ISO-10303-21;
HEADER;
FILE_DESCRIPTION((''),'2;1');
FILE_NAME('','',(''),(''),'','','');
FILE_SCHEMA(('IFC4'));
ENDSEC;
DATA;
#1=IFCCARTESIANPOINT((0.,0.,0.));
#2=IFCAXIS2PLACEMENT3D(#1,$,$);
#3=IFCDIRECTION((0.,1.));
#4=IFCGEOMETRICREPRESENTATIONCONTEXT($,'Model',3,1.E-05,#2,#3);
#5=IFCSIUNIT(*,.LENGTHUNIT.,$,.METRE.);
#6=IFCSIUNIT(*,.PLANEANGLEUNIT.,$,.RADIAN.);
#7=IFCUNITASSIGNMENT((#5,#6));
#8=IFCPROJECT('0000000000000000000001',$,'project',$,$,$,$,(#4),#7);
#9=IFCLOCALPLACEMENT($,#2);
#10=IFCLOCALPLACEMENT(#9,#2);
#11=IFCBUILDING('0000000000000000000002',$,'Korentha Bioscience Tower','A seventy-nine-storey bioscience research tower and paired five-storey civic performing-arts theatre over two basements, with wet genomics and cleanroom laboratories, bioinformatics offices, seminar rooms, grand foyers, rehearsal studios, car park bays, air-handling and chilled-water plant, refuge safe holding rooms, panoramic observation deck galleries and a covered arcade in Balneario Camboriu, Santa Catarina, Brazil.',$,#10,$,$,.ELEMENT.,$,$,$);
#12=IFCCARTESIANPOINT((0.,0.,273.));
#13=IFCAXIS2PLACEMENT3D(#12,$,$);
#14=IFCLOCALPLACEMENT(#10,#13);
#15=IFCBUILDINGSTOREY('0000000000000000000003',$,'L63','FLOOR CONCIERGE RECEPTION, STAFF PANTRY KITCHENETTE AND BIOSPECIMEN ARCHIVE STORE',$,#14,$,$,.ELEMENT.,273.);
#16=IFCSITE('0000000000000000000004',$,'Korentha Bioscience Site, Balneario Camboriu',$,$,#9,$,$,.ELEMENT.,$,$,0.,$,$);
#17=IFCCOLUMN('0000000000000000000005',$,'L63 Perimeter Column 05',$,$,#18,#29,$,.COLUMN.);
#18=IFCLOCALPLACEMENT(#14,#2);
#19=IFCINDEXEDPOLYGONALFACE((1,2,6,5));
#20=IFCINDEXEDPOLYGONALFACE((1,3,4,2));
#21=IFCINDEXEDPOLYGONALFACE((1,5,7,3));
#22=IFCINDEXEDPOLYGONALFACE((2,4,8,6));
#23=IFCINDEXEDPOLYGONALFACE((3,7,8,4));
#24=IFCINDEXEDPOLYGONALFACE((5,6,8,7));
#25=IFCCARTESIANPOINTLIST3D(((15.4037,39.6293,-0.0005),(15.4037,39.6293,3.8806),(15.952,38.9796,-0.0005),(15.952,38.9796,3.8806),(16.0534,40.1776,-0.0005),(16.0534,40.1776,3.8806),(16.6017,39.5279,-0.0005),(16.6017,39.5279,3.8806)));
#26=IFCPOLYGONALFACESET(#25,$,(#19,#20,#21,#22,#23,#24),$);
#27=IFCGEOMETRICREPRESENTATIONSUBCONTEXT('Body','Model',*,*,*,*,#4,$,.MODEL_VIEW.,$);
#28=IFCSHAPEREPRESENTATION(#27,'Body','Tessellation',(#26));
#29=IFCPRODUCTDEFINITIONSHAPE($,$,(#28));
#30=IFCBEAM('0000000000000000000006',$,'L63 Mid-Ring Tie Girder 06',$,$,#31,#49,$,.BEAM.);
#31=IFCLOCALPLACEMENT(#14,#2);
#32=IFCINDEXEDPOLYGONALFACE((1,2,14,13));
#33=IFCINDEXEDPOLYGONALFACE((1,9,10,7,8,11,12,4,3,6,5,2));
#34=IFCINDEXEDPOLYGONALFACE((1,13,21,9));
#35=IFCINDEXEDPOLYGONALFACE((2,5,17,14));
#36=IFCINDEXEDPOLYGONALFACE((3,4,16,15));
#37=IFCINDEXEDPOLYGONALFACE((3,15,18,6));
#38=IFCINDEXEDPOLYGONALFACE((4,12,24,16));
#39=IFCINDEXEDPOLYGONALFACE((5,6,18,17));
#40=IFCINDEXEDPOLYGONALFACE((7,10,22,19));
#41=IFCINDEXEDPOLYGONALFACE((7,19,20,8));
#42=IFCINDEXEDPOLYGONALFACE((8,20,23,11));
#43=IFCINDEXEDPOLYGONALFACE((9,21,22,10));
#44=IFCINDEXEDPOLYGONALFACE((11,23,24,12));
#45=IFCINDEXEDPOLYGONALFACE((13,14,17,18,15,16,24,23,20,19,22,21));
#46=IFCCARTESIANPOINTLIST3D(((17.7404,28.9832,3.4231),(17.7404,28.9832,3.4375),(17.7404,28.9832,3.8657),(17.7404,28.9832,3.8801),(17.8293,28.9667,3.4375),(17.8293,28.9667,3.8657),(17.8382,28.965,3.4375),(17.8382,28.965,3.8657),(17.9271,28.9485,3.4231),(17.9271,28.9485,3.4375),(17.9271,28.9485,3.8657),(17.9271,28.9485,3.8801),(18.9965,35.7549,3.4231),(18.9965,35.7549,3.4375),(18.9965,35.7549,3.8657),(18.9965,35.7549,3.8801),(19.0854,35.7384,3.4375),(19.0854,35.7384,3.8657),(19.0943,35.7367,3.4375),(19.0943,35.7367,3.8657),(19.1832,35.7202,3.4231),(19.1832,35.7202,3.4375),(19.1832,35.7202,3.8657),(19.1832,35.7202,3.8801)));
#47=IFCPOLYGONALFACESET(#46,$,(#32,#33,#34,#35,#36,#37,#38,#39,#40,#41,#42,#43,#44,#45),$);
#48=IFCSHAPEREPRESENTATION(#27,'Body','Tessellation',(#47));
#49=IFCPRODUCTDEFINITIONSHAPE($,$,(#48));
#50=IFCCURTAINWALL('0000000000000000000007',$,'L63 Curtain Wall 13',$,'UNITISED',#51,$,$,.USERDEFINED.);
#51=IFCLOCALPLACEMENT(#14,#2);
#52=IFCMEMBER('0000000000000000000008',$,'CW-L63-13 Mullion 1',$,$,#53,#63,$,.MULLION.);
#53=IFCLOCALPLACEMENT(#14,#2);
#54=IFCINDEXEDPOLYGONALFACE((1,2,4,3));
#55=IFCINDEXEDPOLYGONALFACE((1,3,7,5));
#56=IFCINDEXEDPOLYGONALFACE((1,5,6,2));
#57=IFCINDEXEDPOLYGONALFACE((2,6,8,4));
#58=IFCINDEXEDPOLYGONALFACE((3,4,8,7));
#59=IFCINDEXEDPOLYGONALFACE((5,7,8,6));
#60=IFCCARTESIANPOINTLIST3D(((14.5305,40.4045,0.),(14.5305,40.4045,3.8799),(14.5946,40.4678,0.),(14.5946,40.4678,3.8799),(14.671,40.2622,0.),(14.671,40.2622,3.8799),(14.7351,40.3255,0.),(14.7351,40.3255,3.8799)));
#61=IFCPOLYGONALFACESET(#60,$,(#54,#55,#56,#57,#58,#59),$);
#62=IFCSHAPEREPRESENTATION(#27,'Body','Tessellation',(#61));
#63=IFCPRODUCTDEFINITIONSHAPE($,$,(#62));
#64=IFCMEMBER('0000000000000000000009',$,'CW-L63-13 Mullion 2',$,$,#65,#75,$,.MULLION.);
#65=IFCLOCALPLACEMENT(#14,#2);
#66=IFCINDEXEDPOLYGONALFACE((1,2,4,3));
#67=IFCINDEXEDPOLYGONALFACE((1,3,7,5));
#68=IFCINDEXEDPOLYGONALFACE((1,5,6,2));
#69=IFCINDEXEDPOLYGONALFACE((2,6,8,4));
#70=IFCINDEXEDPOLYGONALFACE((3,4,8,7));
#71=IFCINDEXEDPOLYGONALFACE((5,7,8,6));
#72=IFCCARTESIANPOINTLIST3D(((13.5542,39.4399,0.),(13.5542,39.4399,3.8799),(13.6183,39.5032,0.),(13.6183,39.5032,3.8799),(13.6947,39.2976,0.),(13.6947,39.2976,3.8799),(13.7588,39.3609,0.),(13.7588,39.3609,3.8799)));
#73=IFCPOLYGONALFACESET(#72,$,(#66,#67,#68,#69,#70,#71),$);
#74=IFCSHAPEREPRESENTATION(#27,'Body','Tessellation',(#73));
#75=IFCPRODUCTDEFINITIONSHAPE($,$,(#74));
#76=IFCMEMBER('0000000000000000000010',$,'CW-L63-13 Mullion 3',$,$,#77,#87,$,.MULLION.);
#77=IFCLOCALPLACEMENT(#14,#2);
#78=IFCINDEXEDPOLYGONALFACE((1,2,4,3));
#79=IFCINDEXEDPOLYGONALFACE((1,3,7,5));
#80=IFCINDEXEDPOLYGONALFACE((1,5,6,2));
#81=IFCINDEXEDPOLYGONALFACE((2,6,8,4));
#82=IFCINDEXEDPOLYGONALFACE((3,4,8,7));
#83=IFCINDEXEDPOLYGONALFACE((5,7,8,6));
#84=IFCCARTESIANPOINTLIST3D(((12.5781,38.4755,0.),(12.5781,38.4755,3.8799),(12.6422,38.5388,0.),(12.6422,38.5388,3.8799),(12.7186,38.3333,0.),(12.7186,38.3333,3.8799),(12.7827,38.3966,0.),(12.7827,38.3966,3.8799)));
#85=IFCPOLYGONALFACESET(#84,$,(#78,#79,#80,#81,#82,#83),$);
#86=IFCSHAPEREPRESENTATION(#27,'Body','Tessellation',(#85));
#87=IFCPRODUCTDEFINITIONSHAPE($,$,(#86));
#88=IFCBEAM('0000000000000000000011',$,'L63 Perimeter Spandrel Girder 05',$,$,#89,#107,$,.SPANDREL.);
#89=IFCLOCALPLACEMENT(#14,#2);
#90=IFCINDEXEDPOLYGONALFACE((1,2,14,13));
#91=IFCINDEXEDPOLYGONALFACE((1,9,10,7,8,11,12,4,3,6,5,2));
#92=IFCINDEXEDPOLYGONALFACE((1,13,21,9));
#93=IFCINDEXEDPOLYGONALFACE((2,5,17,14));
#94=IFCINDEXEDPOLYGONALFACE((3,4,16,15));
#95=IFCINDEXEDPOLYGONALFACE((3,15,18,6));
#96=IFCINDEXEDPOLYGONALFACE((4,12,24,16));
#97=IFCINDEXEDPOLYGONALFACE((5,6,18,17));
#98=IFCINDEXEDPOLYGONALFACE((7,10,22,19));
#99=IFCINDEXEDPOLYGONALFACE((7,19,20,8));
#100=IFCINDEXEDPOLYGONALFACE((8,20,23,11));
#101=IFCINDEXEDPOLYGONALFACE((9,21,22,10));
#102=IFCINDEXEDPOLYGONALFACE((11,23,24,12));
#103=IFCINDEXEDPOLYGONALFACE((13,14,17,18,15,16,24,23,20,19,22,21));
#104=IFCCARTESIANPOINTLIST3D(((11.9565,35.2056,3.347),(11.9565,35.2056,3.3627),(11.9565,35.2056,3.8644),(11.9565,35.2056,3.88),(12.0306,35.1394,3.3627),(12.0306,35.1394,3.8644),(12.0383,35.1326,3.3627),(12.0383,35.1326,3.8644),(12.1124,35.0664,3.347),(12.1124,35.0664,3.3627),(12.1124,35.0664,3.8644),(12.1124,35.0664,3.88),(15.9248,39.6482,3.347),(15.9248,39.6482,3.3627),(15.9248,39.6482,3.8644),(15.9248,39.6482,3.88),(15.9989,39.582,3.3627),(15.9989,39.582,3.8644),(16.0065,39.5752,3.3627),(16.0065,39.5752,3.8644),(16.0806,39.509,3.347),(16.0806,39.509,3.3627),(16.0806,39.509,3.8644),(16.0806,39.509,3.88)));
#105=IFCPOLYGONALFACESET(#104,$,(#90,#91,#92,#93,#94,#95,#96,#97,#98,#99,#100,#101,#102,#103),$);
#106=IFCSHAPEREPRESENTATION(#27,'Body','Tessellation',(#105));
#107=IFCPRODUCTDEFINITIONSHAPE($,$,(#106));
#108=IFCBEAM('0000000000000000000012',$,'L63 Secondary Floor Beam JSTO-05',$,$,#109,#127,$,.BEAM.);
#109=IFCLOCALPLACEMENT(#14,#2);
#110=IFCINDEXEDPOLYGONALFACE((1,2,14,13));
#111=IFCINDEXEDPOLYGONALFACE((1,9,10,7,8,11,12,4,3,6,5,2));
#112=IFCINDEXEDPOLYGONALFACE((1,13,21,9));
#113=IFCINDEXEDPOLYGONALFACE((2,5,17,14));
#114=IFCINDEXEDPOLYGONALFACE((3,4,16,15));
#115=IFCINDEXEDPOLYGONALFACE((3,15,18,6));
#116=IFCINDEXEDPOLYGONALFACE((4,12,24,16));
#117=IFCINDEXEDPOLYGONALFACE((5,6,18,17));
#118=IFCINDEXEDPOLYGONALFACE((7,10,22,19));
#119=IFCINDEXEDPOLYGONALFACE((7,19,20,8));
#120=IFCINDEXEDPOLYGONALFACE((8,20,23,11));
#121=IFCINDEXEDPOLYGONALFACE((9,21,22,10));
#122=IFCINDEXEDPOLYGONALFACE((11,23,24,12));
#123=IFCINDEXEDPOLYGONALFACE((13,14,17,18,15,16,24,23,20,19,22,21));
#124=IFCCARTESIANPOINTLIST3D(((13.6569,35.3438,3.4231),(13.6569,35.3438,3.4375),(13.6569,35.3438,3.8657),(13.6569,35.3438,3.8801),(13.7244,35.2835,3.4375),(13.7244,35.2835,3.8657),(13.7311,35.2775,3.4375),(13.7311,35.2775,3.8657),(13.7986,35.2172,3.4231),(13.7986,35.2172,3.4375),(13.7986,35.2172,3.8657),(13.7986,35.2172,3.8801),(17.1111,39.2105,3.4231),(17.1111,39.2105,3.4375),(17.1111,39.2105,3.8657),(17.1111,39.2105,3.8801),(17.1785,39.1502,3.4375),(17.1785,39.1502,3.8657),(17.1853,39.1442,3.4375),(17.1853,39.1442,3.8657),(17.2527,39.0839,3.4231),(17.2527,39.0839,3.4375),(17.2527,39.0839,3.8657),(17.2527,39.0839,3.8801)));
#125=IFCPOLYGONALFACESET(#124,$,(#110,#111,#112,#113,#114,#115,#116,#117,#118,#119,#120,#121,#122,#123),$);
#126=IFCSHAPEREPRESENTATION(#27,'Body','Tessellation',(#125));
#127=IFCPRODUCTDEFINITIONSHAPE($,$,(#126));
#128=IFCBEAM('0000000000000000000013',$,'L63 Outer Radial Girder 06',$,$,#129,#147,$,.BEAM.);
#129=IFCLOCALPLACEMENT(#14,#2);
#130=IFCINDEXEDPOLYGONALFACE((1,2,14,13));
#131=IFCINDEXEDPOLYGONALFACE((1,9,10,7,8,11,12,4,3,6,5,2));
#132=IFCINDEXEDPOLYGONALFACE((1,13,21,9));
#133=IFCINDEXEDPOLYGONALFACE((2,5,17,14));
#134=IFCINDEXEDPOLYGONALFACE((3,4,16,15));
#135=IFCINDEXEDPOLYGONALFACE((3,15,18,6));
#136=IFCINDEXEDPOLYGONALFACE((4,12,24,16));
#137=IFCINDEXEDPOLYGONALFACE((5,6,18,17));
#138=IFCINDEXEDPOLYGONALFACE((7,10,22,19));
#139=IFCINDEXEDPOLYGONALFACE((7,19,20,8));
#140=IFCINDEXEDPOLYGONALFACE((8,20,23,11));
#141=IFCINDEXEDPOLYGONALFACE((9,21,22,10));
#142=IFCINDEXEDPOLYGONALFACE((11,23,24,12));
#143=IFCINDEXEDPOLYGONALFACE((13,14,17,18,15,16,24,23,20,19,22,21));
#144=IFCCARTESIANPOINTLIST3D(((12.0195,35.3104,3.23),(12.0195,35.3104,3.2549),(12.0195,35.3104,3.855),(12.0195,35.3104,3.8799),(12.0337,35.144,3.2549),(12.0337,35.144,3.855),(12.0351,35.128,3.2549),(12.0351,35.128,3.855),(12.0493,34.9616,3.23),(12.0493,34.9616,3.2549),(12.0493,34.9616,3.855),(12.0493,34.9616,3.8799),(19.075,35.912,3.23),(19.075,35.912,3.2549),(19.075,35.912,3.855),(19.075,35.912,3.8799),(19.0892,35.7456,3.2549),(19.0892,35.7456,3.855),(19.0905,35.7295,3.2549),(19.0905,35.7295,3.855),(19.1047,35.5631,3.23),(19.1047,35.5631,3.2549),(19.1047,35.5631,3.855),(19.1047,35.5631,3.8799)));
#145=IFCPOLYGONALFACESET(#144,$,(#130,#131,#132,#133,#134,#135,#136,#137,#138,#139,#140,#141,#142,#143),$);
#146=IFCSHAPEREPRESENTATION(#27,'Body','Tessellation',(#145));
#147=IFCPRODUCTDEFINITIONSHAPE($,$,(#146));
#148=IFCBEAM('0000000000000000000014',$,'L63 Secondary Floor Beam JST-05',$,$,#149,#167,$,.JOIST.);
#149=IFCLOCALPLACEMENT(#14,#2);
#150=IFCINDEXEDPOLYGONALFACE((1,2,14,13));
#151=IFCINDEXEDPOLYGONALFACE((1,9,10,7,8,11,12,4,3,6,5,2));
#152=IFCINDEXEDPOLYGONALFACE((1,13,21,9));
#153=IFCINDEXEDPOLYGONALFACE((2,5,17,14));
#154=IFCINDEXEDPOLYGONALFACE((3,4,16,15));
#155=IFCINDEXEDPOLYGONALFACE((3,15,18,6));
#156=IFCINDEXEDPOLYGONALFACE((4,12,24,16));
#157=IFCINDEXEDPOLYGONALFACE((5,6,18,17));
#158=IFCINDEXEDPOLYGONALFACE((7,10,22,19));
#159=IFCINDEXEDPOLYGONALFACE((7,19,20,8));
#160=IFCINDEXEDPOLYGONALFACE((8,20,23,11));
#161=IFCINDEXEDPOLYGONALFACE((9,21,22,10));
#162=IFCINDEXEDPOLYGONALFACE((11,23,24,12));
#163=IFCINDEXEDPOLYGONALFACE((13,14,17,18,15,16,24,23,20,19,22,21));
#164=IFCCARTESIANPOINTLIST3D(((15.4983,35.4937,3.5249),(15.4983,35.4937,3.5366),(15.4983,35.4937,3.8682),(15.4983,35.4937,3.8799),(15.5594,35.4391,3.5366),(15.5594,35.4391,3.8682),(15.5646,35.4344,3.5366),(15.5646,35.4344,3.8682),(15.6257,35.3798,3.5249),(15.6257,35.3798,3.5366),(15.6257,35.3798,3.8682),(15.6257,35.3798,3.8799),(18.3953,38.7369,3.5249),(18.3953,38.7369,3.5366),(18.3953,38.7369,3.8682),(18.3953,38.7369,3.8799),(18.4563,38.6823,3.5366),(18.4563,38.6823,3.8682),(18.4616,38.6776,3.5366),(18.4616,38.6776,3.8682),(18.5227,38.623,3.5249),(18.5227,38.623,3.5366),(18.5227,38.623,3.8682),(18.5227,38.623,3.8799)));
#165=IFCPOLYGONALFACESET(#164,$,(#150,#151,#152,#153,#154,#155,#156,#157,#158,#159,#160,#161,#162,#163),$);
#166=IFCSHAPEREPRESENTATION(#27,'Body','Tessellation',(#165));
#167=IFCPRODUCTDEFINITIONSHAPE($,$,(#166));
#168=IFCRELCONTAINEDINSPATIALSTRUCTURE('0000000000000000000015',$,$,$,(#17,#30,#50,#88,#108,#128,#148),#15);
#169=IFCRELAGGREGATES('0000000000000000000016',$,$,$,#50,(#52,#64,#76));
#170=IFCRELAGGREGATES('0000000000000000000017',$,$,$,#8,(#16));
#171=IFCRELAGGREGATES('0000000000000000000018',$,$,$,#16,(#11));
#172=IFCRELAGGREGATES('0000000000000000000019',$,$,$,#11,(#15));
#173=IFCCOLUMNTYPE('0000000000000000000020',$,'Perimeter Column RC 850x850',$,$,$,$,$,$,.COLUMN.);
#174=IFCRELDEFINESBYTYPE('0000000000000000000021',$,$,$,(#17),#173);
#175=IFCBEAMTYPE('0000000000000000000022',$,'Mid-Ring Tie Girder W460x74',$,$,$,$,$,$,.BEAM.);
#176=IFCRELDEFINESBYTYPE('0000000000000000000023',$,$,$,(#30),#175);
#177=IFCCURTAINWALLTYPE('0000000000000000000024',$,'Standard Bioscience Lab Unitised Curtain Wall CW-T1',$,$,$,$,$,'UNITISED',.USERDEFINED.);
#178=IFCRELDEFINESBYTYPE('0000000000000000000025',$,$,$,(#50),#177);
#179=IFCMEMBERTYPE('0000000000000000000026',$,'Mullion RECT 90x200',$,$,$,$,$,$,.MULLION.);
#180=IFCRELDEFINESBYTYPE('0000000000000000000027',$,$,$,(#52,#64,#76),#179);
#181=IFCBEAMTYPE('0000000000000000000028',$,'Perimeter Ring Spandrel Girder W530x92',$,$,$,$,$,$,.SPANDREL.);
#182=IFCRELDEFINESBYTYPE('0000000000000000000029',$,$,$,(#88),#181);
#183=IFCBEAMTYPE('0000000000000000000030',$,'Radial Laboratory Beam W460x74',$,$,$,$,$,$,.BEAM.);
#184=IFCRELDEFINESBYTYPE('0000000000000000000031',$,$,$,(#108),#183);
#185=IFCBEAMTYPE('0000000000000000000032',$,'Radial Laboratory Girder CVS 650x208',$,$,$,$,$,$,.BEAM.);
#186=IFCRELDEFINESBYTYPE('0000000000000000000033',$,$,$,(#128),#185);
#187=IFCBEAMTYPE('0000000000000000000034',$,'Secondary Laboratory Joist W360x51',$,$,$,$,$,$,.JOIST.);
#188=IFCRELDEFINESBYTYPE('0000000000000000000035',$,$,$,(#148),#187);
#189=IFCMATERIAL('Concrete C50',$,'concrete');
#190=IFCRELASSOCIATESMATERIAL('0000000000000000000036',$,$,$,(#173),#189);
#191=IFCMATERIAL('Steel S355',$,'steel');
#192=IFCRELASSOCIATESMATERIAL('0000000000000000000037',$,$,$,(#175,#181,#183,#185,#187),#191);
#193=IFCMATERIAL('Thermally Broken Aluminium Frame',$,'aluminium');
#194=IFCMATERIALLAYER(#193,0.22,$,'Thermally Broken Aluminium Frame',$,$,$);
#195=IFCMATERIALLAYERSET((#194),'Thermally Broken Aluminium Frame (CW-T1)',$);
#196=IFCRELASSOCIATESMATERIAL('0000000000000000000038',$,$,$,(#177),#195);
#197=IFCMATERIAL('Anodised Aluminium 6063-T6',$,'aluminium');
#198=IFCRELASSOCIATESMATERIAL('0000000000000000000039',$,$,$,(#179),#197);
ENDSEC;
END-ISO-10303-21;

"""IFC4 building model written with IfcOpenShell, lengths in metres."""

from ifc_helpers import new_model, si_unit, direction, frame, origin, origin_2d, place, context, subcontext, project, spatial, rectangle, i_section, extrude, material, layer, layer_set, material_profile, profile_set, type_object, element, aggregate, save


model = new_model("IFC4")

# Units and contexts
model_context = context("Model", 3, precision=1e-05, world=origin(), true_north=direction((0.0, 1.0)))
body_context = subcontext(model_context, "Body", "Model", "MODEL_VIEW")
ifc_project = project(units=[si_unit("LENGTHUNIT", "METRE"), si_unit("PLANEANGLEUNIT", "RADIAN")], contexts=[model_context])

# Site, building, storey
site_placement = place(None, origin())
site = spatial("IfcSite", under=ifc_project, at=site_placement, Name="Korentha Bioscience Site, Balneario Camboriu", CompositionType="ELEMENT", RefElevation=0.0)
building_placement = place(site_placement, origin())
building = spatial("IfcBuilding", under=site, at=building_placement, Name="Korentha Bioscience Tower", Description="A seventy-nine-storey bioscience research tower and paired five-storey civic performing-arts theatre over two basements, with wet genomics and cleanroom laboratories, bioinformatics offices, seminar rooms, grand foyers, rehearsal studios, car park bays, air-handling and chilled-water plant, refuge safe holding rooms, panoramic observation deck galleries and a covered arcade in Balneario Camboriu, Santa Catarina, Brazil.", CompositionType="ELEMENT")
storey_placement = place(building_placement, frame((0.0, 0.0, 273.0)))
storey = spatial("IfcBuildingStorey", under=building, at=storey_placement, Name="L63", Description="FLOOR CONCIERGE RECEPTION, STAFF PANTRY KITCHENETTE AND BIOSPECIMEN ARCHIVE STORE", CompositionType="ELEMENT", Elevation=273.0)

# Column
ifc_material_1 = material(Name="Concrete C50", Category="concrete")
ifc_material_profile_1 = material_profile(ifc_material_1, rectangle(XDim=0.8501, YDim=0.8501, at=origin_2d()), Name="Concrete C50")
ifc_profile_set_1 = profile_set([ifc_material_profile_1], Name="Concrete C50 (COL-P08)")
column_type = type_object("IfcColumnType", Name="Perimeter Column RC 850x850", PredefinedType="COLUMN", material=ifc_profile_set_1)
column_placement = place(storey_placement, frame((16.0027, 39.5786, -0.0005), z_axis=(0.0, 0.0, 1.0), x_axis=(0.764246, 0.644924, 0.0)))
element("IfcColumn", 1, at=column_placement, inside=storey, type_object=column_type, Name="L63 Perimeter Column 05", PredefinedType="COLUMN", context=body_context, shape_type="SweptSolid", body=[
    extrude(rectangle(XDim=0.8501, YDim=0.8501, at=origin_2d()), origin(), (0.0, 0.0, 1.0), 3.8811),
])

# Beam
ifc_material_2 = material(Name="Steel S355", Category="steel")
ifc_material_profile_2 = material_profile(ifc_material_2, i_section(OverallWidth=0.1899, OverallDepth=0.457, WebThickness=0.009, FlangeThickness=0.0144, at=origin_2d()), Name="Steel S355")
ifc_profile_set_2 = profile_set([ifc_material_profile_2], Name="Steel S355 (MB-460)")
beam_type_1 = type_object("IfcBeamType", Name="Mid-Ring Tie Girder W460x74", PredefinedType="BEAM", material=ifc_profile_set_2)
beam_1_placement = place(storey_placement, frame((19.0898, 35.7375, 3.6516), z_axis=(-0.182381, -0.983228, 0.0), x_axis=(0.983228, -0.182381, 0.0)))
element("IfcBeam", 2, at=beam_1_placement, inside=storey, type_object=beam_type_1, Name="L63 Mid-Ring Tie Girder 06", PredefinedType="BEAM", context=body_context, shape_type="SweptSolid", body=[
    extrude(i_section(OverallWidth=0.1899, OverallDepth=0.457, WebThickness=0.009, FlangeThickness=0.0144, at=origin_2d()), origin(), (0.0, 0.0, 1.0), 6.8872),
])

# Curtain wall, members
ifc_material_3 = material(Name="Thermally Broken Aluminium Frame", Category="aluminium")
ifc_layer_1 = layer(ifc_material_3, 0.22, Name="Thermally Broken Aluminium Frame")
ifc_layer_set_1 = layer_set([ifc_layer_1], Name="Thermally Broken Aluminium Frame (CW-T1)")
curtain_wall_type = type_object("IfcCurtainWallType", Name="Standard Bioscience Lab Unitised Curtain Wall CW-T1", ElementType="UNITISED", PredefinedType="USERDEFINED", material=ifc_layer_set_1)
curtain_wall_placement = place(storey_placement, origin())
curtain_wall = element("IfcCurtainWall", 3, at=curtain_wall_placement, inside=storey, type_object=curtain_wall_type, Name="L63 Curtain Wall 13", ObjectType="UNITISED", PredefinedType="USERDEFINED")
ifc_material_4 = material(Name="Anodised Aluminium 6063-T6", Category="aluminium")
ifc_material_profile_3 = material_profile(ifc_material_4, rectangle(XDim=0.0901, YDim=0.2, at=origin_2d()), Name="Anodised Aluminium 6063-T6")
ifc_profile_set_3 = profile_set([ifc_material_profile_3], Name="Anodised Aluminium 6063-T6 (CW-MUL)")
member_type_1 = type_object("IfcMemberType", Name="Mullion RECT 90x200", PredefinedType="MULLION", material=ifc_profile_set_3)
member_1_placement = place(storey_placement, frame((14.6328, 40.365, 0.0), z_axis=(0.0, 0.0, 1.0), x_axis=(-0.711398, -0.70279, 0.0)))
member_1 = element("IfcMember", 4, at=member_1_placement, type_object=member_type_1, Name="CW-L63-13 Mullion 1", PredefinedType="MULLION", context=body_context, shape_type="SweptSolid", body=[
    extrude(rectangle(XDim=0.0901, YDim=0.2, at=origin_2d()), origin(), (0.0, 0.0, 1.0), 3.8799),
])
member_2_placement = place(storey_placement, frame((13.6565, 39.4004, 0.0), z_axis=(0.0, 0.0, 1.0), x_axis=(-0.711398, -0.70279, 0.0)))
member_2 = element("IfcMember", 5, at=member_2_placement, type_object=member_type_1, Name="CW-L63-13 Mullion 2", PredefinedType="MULLION", context=body_context, shape_type="SweptSolid", body=[
    extrude(rectangle(XDim=0.0901, YDim=0.2, at=origin_2d()), origin(), (0.0, 0.0, 1.0), 3.8799),
])
member_3_placement = place(storey_placement, frame((12.6804, 38.436, 0.0), z_axis=(0.0, 0.0, 1.0), x_axis=(-0.711398, -0.70279, 0.0)))
member_3 = element("IfcMember", 6, at=member_3_placement, type_object=member_type_1, Name="CW-L63-13 Mullion 3", PredefinedType="MULLION", context=body_context, shape_type="SweptSolid", body=[
    extrude(rectangle(XDim=0.0901, YDim=0.2, at=origin_2d()), origin(), (0.0, 0.0, 1.0), 3.8799),
])

# Beams
ifc_material_profile_4 = material_profile(ifc_material_2, i_section(OverallWidth=0.209, OverallDepth=0.533, WebThickness=0.0103, FlangeThickness=0.0156, at=origin_2d()), Name="Steel S355")
ifc_profile_set_4 = profile_set([ifc_material_profile_4], Name="Steel S355 (SB-530)")
beam_type_2 = type_object("IfcBeamType", Name="Perimeter Ring Spandrel Girder W530x92", PredefinedType="SPANDREL", material=ifc_profile_set_4)
beam_2_placement = place(storey_placement, frame((16.0027, 39.5786, 3.6135), z_axis=(-0.666168, -0.745802, 0.0), x_axis=(0.745802, -0.666168, 0.0)))
element("IfcBeam", 7, at=beam_2_placement, inside=storey, type_object=beam_type_2, Name="L63 Perimeter Spandrel Girder 05", PredefinedType="SPANDREL", context=body_context, shape_type="SweptSolid", body=[
    extrude(i_section(OverallWidth=0.209, OverallDepth=0.533, WebThickness=0.0103, FlangeThickness=0.0156, at=origin_2d()), origin(), (0.0, 0.0, 1.0), 5.9568),
])
ifc_material_profile_5 = material_profile(ifc_material_2, i_section(OverallWidth=0.1899, OverallDepth=0.457, WebThickness=0.009, FlangeThickness=0.0144, at=origin_2d()), Name="Steel S355")
ifc_profile_set_5 = profile_set([ifc_material_profile_5], Name="Steel S355 (RB-460)")
beam_type_3 = type_object("IfcBeamType", Name="Radial Laboratory Beam W460x74", PredefinedType="BEAM", material=ifc_profile_set_5)
beam_3_placement = place(storey_placement, frame((17.1819, 39.1472, 3.6516), z_axis=(-0.666197, -0.745776, 0.0), x_axis=(0.745776, -0.666197, 0.0)))
element("IfcBeam", 8, at=beam_3_placement, inside=storey, type_object=beam_type_3, Name="L63 Secondary Floor Beam JSTO-05", PredefinedType="BEAM", context=body_context, shape_type="SweptSolid", body=[
    extrude(i_section(OverallWidth=0.1899, OverallDepth=0.457, WebThickness=0.009, FlangeThickness=0.0144, at=origin_2d()), origin(), (0.0, 0.0, 1.0), 5.1848),
])
ifc_material_profile_6 = material_profile(ifc_material_2, i_section(OverallWidth=0.3501, OverallDepth=0.6499, WebThickness=0.0161, FlangeThickness=0.0249, at=origin_2d()), Name="Steel S355")
ifc_profile_set_6 = profile_set([ifc_material_profile_6], Name="Steel S355 (RB-650)")
beam_type_4 = type_object("IfcBeamType", Name="Radial Laboratory Girder CVS 650x208", PredefinedType="BEAM", material=ifc_profile_set_6)
beam_4_placement = place(storey_placement, frame((19.0898, 35.7375, 3.5549), z_axis=(-0.996385, -0.084954, 0.0), x_axis=(0.084954, -0.996385, 0.0)))
element("IfcBeam", 9, at=beam_4_placement, inside=storey, type_object=beam_type_4, Name="L63 Outer Radial Girder 06", PredefinedType="BEAM", context=body_context, shape_type="SweptSolid", body=[
    extrude(i_section(OverallWidth=0.3501, OverallDepth=0.6499, WebThickness=0.0161, FlangeThickness=0.0249, at=origin_2d()), origin(), (0.0, 0.0, 1.0), 7.0811),
])
ifc_material_profile_7 = material_profile(ifc_material_2, i_section(OverallWidth=0.1709, OverallDepth=0.355, WebThickness=0.0071, FlangeThickness=0.0117, at=origin_2d()), Name="Steel S355")
ifc_profile_set_7 = profile_set([ifc_material_profile_7], Name="Steel S355 (JB-360)")
beam_type_5 = type_object("IfcBeamType", Name="Secondary Laboratory Joist W360x51", PredefinedType="JOIST", material=ifc_profile_set_7)
beam_5_placement = place(storey_placement, frame((18.459, 38.6799, 3.7024), z_axis=(-0.666181, -0.74579, 0.0), x_axis=(0.74579, -0.666181, 0.0)))
element("IfcBeam", 10, at=beam_5_placement, inside=storey, type_object=beam_type_5, Name="L63 Secondary Floor Beam JST-05", PredefinedType="JOIST", context=body_context, shape_type="SweptSolid", body=[
    extrude(i_section(OverallWidth=0.1709, OverallDepth=0.355, WebThickness=0.0071, FlangeThickness=0.0117, at=origin_2d()), origin(), (0.0, 0.0, 1.0), 4.3486),
])

aggregate(curtain_wall, [member_1, member_2, member_3])

save(model, "model.ifc")
